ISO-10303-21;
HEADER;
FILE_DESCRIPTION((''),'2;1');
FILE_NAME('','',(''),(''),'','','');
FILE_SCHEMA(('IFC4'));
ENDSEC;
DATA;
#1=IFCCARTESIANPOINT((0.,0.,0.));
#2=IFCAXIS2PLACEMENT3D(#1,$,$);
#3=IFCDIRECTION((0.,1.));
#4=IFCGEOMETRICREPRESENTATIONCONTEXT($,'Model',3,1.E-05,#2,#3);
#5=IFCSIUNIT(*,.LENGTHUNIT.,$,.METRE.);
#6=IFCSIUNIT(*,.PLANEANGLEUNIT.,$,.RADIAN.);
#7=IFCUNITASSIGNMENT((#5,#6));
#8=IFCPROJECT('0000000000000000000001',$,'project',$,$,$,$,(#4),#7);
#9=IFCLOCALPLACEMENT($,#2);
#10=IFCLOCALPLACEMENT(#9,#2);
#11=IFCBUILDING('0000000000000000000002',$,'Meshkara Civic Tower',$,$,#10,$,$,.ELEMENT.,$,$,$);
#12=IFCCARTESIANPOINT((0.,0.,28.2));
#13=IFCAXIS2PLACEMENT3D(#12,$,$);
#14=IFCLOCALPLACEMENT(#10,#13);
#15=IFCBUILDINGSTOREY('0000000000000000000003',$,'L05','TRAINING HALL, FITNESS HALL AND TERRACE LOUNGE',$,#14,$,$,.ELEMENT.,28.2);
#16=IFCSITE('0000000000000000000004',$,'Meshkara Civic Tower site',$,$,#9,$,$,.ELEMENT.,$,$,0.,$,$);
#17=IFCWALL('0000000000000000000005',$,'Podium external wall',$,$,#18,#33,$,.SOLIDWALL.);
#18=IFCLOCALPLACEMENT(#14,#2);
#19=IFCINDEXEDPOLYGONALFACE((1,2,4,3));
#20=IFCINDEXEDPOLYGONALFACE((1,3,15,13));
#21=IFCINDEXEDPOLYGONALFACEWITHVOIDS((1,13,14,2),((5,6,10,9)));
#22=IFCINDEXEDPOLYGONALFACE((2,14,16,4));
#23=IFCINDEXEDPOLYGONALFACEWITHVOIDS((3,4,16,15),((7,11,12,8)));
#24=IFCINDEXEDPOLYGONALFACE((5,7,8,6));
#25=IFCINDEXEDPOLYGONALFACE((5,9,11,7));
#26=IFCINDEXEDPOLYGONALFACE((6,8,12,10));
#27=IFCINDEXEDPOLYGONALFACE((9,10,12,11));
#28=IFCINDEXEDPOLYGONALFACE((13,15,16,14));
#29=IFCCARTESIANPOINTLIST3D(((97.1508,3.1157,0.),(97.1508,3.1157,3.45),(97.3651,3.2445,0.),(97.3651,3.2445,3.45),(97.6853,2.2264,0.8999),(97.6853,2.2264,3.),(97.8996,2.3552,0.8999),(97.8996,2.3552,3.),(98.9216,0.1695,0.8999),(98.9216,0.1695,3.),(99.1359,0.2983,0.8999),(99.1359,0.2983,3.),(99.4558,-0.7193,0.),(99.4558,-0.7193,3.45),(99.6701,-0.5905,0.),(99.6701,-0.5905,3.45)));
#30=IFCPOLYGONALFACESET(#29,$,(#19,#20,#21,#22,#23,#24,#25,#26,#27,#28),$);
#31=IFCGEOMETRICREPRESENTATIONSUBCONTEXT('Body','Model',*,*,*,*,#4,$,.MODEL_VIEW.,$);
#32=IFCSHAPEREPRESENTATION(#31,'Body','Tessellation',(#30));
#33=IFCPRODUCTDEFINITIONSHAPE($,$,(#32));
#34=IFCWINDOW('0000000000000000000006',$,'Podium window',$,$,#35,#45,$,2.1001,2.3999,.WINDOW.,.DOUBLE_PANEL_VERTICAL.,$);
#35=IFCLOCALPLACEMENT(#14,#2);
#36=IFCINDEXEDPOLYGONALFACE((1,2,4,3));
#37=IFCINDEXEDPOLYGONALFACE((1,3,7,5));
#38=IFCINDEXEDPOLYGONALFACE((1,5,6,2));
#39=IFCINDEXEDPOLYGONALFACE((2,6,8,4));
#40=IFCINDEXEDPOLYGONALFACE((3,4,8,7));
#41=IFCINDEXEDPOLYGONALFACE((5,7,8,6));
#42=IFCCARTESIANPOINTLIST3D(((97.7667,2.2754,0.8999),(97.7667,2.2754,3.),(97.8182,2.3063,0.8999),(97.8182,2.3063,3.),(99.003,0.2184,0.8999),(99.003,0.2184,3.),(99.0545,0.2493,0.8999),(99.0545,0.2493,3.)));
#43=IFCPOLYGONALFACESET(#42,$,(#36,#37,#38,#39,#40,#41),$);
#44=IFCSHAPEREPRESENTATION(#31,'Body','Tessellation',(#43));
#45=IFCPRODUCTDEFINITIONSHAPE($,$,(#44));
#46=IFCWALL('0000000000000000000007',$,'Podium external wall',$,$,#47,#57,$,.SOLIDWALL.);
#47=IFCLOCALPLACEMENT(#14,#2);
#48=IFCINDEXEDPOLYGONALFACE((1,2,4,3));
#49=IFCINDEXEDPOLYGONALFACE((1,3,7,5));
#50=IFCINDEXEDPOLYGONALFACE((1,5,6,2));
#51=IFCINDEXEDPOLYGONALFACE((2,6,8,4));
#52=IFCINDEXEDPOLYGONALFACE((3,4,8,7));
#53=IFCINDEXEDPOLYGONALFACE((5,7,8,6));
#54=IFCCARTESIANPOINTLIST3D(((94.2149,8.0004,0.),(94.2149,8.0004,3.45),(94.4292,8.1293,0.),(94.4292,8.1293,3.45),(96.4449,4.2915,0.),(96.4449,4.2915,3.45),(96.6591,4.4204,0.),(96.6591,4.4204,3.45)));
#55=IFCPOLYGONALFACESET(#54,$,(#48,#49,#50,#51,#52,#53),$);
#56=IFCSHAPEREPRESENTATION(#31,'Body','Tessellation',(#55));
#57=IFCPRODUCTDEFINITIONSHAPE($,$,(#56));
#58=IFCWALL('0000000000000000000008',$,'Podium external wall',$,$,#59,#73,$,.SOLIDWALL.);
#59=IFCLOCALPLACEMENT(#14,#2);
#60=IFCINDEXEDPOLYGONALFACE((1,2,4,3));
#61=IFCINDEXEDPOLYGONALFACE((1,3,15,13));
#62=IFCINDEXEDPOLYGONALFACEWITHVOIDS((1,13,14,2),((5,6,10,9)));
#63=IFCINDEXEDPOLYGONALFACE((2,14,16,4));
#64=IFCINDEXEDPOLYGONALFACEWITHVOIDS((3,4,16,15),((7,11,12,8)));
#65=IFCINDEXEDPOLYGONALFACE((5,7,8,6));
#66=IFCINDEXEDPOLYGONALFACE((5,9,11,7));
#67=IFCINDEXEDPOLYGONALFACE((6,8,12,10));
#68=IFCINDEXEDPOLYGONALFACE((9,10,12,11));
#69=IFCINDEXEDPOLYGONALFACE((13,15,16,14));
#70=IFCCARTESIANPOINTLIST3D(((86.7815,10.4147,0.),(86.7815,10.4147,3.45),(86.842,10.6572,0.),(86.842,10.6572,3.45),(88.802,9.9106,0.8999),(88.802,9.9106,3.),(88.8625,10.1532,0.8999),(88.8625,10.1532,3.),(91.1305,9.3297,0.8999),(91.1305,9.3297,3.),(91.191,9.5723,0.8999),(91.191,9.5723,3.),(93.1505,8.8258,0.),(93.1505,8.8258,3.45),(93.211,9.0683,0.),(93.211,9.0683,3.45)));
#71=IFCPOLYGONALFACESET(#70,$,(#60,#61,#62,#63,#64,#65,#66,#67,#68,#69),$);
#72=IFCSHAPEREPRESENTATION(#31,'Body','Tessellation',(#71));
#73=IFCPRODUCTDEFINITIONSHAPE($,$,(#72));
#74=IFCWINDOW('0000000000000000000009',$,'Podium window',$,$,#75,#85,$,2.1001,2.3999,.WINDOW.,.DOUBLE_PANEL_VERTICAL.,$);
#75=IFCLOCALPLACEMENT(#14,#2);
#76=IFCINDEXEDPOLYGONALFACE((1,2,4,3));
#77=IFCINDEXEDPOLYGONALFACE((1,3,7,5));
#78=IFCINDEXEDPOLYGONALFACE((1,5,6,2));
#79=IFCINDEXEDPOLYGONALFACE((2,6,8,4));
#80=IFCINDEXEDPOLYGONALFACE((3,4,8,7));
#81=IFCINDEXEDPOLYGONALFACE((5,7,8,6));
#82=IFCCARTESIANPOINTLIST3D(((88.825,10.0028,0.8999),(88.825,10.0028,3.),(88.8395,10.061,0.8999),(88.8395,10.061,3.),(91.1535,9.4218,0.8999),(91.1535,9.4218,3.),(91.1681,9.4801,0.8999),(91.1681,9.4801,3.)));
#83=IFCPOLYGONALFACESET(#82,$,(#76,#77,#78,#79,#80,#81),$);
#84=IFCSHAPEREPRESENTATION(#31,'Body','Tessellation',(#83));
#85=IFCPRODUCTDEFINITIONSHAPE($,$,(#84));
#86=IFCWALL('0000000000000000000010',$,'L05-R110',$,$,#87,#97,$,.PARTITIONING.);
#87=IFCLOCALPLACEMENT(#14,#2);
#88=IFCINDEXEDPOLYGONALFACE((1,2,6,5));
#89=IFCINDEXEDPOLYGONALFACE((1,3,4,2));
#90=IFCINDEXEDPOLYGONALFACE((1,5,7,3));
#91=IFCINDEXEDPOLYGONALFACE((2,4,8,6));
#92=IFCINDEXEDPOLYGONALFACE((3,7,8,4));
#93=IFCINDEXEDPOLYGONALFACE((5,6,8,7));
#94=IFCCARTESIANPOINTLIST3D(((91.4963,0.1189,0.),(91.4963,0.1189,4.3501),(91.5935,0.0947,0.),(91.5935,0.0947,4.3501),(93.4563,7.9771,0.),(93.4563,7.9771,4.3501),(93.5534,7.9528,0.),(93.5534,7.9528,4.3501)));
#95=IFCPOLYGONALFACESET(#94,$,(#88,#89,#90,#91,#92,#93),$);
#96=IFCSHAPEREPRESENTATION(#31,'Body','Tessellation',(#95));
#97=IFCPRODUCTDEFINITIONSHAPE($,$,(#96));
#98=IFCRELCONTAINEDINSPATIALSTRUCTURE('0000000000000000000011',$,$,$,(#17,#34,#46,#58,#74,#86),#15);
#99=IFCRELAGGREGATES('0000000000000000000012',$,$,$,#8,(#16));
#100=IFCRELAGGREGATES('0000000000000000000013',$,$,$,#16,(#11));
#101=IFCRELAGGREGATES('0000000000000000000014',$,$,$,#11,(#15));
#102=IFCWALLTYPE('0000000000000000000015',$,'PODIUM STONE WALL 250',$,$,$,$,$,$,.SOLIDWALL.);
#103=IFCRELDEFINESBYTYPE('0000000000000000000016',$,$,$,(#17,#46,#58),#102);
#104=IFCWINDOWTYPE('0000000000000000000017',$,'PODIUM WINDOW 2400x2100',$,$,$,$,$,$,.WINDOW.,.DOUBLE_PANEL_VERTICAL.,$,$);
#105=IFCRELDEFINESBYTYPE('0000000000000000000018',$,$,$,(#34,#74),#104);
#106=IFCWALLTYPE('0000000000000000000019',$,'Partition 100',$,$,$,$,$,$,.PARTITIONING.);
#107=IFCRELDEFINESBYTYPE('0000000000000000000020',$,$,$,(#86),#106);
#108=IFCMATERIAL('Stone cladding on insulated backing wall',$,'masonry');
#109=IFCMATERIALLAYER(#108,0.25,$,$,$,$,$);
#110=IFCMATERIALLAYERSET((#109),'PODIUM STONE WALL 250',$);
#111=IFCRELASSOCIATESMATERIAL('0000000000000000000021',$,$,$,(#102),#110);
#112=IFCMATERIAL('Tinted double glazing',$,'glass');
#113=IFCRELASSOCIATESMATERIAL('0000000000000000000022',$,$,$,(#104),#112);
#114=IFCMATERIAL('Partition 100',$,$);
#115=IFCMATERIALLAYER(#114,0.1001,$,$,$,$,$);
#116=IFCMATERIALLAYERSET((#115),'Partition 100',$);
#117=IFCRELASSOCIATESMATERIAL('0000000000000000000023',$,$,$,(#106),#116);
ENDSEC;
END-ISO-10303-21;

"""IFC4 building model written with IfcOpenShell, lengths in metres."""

from ifc_helpers import new_model, si_unit, direction, frame, frame_2d, origin, place, context, subcontext, project, spatial, rectangle, extrude, material, layer, layer_set, type_object, element, fill, save


model = new_model("IFC4")

# Units and contexts
model_context = context("Model", 3, precision=1e-05, world=origin(), true_north=direction((0.0, 1.0)))
body_context = subcontext(model_context, "Body", "Model", "MODEL_VIEW")
ifc_project = project(units=[si_unit("LENGTHUNIT", "METRE"), si_unit("PLANEANGLEUNIT", "RADIAN")], contexts=[model_context])

# Site, building, storey
site_placement = place(None, origin())
site = spatial("IfcSite", under=ifc_project, at=site_placement, Name="Meshkara Civic Tower site", CompositionType="ELEMENT", RefElevation=0.0)
building_placement = place(site_placement, origin())
building = spatial("IfcBuilding", under=site, at=building_placement, Name="Meshkara Civic Tower", CompositionType="ELEMENT")
storey_placement = place(building_placement, frame((0.0, 0.0, 28.2)))
storey = spatial("IfcBuildingStorey", under=building, at=storey_placement, Name="L05", Description="TRAINING HALL, FITNESS HALL AND TERRACE LOUNGE", CompositionType="ELEMENT", Elevation=28.2)

# Shared definitions
ifc_material_1 = material(Name="Stone cladding on insulated backing wall", Category="masonry")
ifc_layer_1 = layer(ifc_material_1, 0.25)
ifc_layer_set_1 = layer_set([ifc_layer_1], Name="PODIUM STONE WALL 250")
wall_type_1 = type_object("IfcWallType", Name="PODIUM STONE WALL 250", PredefinedType="SOLIDWALL", material=ifc_layer_set_1)

# Wall, opening, window
wall_1_placement = place(storey_placement, frame((99.563, -0.655, 0.0), z_axis=(0.0, 0.0, 1.0), x_axis=(-0.515146, 0.857103, 0.0)))
wall_1 = element("IfcWall", 1, at=wall_1_placement, inside=storey, type_object=wall_type_1, Name="Podium external wall", PredefinedType="SOLIDWALL", context=body_context, shape_type="SweptSolid", body=[
    extrude(rectangle(XDim=4.4744, YDim=0.25, at=frame_2d((2.2373, 0.0))), origin(), (0.0, 0.0, 1.0), 3.45),
])
opening_1_placement = place(wall_1_placement, frame((1.0371, 0.0, 0.8999)))
opening_1 = element("IfcOpeningElement", 2, at=opening_1_placement, cuts=wall_1, PredefinedType="OPENING", context=body_context, shape_type="SweptSolid", body=[
    extrude(rectangle(XDim=2.3999, YDim=2.1001, at=frame_2d((1.2, 1.05))), frame((0.0, 0.135, 0.0), z_axis=(0.0, -1.0, 0.0), x_axis=(1.0, 0.0, 0.0)), (0.0, 0.0, 1.0), 0.27),
])
ifc_material_2 = material(Name="Tinted double glazing", Category="glass")
window_type = type_object("IfcWindowType", Name="PODIUM WINDOW 2400x2100", PartitioningType="DOUBLE_PANEL_VERTICAL", PredefinedType="WINDOW", material=ifc_material_2)
window_1_placement = place(opening_1_placement, origin())
window_1 = element("IfcWindow", 3, at=window_1_placement, inside=storey, type_object=window_type, Name="Podium window", OverallHeight=2.1001, OverallWidth=2.3999, PartitioningType="DOUBLE_PANEL_VERTICAL", PredefinedType="WINDOW", context=body_context, shape_type="SweptSolid", body=[
    extrude(rectangle(XDim=2.3999, YDim=2.1001, at=frame_2d((1.2, 1.05))), frame((0.0, 0.03, 0.0), z_axis=(0.0, -1.0, 0.0), x_axis=(1.0, 0.0, 0.0)), (0.0, 0.0, 1.0), 0.0601),
])
fill(opening_1, window_1)

# Wall
wall_2_placement = place(storey_placement, frame((96.552, 4.356, 0.0), z_axis=(0.0, 0.0, 1.0), x_axis=(-0.515275, 0.857025, 0.0)))
element("IfcWall", 4, at=wall_2_placement, inside=storey, type_object=wall_type_1, Name="Podium external wall", PredefinedType="SOLIDWALL", context=body_context, shape_type="SweptSolid", body=[
    extrude(rectangle(XDim=4.3276, YDim=0.25, at=frame_2d((2.1638, 0.0))), origin(), (0.0, 0.0, 1.0), 3.45),
])

# Wall, opening, window
wall_3_placement = place(storey_placement, frame((93.1809, 8.947, 0.0), z_axis=(0.0, 0.0, 1.0), x_axis=(-0.970263, 0.242054, 0.0)))
wall_3 = element("IfcWall", 5, at=wall_3_placement, inside=storey, type_object=wall_type_1, Name="Podium external wall", PredefinedType="SOLIDWALL", context=body_context, shape_type="SweptSolid", body=[
    extrude(rectangle(XDim=6.5642, YDim=0.25, at=frame_2d((3.2822, 0.0))), origin(), (0.0, 0.0, 1.0), 3.45),
])
opening_2_placement = place(wall_3_placement, frame((2.082, 0.0, 0.8999)))
opening_2 = element("IfcOpeningElement", 6, at=opening_2_placement, cuts=wall_3, PredefinedType="OPENING", context=body_context, shape_type="SweptSolid", body=[
    extrude(rectangle(XDim=2.3999, YDim=2.1001, at=frame_2d((1.2, 1.05))), frame((0.0, 0.135, 0.0), z_axis=(0.0, -1.0, 0.0), x_axis=(1.0, 0.0, 0.0)), (0.0, 0.0, 1.0), 0.27),
])
window_2_placement = place(opening_2_placement, origin())
window_2 = element("IfcWindow", 7, at=window_2_placement, inside=storey, type_object=window_type, Name="Podium window", OverallHeight=2.1001, OverallWidth=2.3999, PartitioningType="DOUBLE_PANEL_VERTICAL", PredefinedType="WINDOW", context=body_context, shape_type="SweptSolid", body=[
    extrude(rectangle(XDim=2.3999, YDim=2.1001, at=frame_2d((1.2, 1.05))), frame((0.0, 0.03, 0.0), z_axis=(0.0, -1.0, 0.0), x_axis=(1.0, 0.0, 0.0)), (0.0, 0.0, 1.0), 0.0601),
])
fill(opening_2, window_2)

# Wall
ifc_material_3 = material(Name="Partition 100")
ifc_layer_2 = layer(ifc_material_3, 0.1001)
ifc_layer_set_2 = layer_set([ifc_layer_2], Name="Partition 100")
wall_type_2 = type_object("IfcWallType", Name="Partition 100", PredefinedType="PARTITIONING", material=ifc_layer_set_2)
wall_4_placement = place(storey_placement, frame((91.5449, 0.1069, 0.0), z_axis=(0.0, 0.0, 1.0), x_axis=(0.242004, 0.970275, 0.0)))
element("IfcWall", 8, at=wall_4_placement, inside=storey, type_object=wall_type_2, Name="L05-R110", PredefinedType="PARTITIONING", context=body_context, shape_type="SweptSolid", body=[
    extrude(rectangle(XDim=8.0989, YDim=0.1001, at=frame_2d((4.0493, 0.0))), origin(), (0.0, 0.0, 1.0), 4.3501),
])

save(model, "model.ifc")
